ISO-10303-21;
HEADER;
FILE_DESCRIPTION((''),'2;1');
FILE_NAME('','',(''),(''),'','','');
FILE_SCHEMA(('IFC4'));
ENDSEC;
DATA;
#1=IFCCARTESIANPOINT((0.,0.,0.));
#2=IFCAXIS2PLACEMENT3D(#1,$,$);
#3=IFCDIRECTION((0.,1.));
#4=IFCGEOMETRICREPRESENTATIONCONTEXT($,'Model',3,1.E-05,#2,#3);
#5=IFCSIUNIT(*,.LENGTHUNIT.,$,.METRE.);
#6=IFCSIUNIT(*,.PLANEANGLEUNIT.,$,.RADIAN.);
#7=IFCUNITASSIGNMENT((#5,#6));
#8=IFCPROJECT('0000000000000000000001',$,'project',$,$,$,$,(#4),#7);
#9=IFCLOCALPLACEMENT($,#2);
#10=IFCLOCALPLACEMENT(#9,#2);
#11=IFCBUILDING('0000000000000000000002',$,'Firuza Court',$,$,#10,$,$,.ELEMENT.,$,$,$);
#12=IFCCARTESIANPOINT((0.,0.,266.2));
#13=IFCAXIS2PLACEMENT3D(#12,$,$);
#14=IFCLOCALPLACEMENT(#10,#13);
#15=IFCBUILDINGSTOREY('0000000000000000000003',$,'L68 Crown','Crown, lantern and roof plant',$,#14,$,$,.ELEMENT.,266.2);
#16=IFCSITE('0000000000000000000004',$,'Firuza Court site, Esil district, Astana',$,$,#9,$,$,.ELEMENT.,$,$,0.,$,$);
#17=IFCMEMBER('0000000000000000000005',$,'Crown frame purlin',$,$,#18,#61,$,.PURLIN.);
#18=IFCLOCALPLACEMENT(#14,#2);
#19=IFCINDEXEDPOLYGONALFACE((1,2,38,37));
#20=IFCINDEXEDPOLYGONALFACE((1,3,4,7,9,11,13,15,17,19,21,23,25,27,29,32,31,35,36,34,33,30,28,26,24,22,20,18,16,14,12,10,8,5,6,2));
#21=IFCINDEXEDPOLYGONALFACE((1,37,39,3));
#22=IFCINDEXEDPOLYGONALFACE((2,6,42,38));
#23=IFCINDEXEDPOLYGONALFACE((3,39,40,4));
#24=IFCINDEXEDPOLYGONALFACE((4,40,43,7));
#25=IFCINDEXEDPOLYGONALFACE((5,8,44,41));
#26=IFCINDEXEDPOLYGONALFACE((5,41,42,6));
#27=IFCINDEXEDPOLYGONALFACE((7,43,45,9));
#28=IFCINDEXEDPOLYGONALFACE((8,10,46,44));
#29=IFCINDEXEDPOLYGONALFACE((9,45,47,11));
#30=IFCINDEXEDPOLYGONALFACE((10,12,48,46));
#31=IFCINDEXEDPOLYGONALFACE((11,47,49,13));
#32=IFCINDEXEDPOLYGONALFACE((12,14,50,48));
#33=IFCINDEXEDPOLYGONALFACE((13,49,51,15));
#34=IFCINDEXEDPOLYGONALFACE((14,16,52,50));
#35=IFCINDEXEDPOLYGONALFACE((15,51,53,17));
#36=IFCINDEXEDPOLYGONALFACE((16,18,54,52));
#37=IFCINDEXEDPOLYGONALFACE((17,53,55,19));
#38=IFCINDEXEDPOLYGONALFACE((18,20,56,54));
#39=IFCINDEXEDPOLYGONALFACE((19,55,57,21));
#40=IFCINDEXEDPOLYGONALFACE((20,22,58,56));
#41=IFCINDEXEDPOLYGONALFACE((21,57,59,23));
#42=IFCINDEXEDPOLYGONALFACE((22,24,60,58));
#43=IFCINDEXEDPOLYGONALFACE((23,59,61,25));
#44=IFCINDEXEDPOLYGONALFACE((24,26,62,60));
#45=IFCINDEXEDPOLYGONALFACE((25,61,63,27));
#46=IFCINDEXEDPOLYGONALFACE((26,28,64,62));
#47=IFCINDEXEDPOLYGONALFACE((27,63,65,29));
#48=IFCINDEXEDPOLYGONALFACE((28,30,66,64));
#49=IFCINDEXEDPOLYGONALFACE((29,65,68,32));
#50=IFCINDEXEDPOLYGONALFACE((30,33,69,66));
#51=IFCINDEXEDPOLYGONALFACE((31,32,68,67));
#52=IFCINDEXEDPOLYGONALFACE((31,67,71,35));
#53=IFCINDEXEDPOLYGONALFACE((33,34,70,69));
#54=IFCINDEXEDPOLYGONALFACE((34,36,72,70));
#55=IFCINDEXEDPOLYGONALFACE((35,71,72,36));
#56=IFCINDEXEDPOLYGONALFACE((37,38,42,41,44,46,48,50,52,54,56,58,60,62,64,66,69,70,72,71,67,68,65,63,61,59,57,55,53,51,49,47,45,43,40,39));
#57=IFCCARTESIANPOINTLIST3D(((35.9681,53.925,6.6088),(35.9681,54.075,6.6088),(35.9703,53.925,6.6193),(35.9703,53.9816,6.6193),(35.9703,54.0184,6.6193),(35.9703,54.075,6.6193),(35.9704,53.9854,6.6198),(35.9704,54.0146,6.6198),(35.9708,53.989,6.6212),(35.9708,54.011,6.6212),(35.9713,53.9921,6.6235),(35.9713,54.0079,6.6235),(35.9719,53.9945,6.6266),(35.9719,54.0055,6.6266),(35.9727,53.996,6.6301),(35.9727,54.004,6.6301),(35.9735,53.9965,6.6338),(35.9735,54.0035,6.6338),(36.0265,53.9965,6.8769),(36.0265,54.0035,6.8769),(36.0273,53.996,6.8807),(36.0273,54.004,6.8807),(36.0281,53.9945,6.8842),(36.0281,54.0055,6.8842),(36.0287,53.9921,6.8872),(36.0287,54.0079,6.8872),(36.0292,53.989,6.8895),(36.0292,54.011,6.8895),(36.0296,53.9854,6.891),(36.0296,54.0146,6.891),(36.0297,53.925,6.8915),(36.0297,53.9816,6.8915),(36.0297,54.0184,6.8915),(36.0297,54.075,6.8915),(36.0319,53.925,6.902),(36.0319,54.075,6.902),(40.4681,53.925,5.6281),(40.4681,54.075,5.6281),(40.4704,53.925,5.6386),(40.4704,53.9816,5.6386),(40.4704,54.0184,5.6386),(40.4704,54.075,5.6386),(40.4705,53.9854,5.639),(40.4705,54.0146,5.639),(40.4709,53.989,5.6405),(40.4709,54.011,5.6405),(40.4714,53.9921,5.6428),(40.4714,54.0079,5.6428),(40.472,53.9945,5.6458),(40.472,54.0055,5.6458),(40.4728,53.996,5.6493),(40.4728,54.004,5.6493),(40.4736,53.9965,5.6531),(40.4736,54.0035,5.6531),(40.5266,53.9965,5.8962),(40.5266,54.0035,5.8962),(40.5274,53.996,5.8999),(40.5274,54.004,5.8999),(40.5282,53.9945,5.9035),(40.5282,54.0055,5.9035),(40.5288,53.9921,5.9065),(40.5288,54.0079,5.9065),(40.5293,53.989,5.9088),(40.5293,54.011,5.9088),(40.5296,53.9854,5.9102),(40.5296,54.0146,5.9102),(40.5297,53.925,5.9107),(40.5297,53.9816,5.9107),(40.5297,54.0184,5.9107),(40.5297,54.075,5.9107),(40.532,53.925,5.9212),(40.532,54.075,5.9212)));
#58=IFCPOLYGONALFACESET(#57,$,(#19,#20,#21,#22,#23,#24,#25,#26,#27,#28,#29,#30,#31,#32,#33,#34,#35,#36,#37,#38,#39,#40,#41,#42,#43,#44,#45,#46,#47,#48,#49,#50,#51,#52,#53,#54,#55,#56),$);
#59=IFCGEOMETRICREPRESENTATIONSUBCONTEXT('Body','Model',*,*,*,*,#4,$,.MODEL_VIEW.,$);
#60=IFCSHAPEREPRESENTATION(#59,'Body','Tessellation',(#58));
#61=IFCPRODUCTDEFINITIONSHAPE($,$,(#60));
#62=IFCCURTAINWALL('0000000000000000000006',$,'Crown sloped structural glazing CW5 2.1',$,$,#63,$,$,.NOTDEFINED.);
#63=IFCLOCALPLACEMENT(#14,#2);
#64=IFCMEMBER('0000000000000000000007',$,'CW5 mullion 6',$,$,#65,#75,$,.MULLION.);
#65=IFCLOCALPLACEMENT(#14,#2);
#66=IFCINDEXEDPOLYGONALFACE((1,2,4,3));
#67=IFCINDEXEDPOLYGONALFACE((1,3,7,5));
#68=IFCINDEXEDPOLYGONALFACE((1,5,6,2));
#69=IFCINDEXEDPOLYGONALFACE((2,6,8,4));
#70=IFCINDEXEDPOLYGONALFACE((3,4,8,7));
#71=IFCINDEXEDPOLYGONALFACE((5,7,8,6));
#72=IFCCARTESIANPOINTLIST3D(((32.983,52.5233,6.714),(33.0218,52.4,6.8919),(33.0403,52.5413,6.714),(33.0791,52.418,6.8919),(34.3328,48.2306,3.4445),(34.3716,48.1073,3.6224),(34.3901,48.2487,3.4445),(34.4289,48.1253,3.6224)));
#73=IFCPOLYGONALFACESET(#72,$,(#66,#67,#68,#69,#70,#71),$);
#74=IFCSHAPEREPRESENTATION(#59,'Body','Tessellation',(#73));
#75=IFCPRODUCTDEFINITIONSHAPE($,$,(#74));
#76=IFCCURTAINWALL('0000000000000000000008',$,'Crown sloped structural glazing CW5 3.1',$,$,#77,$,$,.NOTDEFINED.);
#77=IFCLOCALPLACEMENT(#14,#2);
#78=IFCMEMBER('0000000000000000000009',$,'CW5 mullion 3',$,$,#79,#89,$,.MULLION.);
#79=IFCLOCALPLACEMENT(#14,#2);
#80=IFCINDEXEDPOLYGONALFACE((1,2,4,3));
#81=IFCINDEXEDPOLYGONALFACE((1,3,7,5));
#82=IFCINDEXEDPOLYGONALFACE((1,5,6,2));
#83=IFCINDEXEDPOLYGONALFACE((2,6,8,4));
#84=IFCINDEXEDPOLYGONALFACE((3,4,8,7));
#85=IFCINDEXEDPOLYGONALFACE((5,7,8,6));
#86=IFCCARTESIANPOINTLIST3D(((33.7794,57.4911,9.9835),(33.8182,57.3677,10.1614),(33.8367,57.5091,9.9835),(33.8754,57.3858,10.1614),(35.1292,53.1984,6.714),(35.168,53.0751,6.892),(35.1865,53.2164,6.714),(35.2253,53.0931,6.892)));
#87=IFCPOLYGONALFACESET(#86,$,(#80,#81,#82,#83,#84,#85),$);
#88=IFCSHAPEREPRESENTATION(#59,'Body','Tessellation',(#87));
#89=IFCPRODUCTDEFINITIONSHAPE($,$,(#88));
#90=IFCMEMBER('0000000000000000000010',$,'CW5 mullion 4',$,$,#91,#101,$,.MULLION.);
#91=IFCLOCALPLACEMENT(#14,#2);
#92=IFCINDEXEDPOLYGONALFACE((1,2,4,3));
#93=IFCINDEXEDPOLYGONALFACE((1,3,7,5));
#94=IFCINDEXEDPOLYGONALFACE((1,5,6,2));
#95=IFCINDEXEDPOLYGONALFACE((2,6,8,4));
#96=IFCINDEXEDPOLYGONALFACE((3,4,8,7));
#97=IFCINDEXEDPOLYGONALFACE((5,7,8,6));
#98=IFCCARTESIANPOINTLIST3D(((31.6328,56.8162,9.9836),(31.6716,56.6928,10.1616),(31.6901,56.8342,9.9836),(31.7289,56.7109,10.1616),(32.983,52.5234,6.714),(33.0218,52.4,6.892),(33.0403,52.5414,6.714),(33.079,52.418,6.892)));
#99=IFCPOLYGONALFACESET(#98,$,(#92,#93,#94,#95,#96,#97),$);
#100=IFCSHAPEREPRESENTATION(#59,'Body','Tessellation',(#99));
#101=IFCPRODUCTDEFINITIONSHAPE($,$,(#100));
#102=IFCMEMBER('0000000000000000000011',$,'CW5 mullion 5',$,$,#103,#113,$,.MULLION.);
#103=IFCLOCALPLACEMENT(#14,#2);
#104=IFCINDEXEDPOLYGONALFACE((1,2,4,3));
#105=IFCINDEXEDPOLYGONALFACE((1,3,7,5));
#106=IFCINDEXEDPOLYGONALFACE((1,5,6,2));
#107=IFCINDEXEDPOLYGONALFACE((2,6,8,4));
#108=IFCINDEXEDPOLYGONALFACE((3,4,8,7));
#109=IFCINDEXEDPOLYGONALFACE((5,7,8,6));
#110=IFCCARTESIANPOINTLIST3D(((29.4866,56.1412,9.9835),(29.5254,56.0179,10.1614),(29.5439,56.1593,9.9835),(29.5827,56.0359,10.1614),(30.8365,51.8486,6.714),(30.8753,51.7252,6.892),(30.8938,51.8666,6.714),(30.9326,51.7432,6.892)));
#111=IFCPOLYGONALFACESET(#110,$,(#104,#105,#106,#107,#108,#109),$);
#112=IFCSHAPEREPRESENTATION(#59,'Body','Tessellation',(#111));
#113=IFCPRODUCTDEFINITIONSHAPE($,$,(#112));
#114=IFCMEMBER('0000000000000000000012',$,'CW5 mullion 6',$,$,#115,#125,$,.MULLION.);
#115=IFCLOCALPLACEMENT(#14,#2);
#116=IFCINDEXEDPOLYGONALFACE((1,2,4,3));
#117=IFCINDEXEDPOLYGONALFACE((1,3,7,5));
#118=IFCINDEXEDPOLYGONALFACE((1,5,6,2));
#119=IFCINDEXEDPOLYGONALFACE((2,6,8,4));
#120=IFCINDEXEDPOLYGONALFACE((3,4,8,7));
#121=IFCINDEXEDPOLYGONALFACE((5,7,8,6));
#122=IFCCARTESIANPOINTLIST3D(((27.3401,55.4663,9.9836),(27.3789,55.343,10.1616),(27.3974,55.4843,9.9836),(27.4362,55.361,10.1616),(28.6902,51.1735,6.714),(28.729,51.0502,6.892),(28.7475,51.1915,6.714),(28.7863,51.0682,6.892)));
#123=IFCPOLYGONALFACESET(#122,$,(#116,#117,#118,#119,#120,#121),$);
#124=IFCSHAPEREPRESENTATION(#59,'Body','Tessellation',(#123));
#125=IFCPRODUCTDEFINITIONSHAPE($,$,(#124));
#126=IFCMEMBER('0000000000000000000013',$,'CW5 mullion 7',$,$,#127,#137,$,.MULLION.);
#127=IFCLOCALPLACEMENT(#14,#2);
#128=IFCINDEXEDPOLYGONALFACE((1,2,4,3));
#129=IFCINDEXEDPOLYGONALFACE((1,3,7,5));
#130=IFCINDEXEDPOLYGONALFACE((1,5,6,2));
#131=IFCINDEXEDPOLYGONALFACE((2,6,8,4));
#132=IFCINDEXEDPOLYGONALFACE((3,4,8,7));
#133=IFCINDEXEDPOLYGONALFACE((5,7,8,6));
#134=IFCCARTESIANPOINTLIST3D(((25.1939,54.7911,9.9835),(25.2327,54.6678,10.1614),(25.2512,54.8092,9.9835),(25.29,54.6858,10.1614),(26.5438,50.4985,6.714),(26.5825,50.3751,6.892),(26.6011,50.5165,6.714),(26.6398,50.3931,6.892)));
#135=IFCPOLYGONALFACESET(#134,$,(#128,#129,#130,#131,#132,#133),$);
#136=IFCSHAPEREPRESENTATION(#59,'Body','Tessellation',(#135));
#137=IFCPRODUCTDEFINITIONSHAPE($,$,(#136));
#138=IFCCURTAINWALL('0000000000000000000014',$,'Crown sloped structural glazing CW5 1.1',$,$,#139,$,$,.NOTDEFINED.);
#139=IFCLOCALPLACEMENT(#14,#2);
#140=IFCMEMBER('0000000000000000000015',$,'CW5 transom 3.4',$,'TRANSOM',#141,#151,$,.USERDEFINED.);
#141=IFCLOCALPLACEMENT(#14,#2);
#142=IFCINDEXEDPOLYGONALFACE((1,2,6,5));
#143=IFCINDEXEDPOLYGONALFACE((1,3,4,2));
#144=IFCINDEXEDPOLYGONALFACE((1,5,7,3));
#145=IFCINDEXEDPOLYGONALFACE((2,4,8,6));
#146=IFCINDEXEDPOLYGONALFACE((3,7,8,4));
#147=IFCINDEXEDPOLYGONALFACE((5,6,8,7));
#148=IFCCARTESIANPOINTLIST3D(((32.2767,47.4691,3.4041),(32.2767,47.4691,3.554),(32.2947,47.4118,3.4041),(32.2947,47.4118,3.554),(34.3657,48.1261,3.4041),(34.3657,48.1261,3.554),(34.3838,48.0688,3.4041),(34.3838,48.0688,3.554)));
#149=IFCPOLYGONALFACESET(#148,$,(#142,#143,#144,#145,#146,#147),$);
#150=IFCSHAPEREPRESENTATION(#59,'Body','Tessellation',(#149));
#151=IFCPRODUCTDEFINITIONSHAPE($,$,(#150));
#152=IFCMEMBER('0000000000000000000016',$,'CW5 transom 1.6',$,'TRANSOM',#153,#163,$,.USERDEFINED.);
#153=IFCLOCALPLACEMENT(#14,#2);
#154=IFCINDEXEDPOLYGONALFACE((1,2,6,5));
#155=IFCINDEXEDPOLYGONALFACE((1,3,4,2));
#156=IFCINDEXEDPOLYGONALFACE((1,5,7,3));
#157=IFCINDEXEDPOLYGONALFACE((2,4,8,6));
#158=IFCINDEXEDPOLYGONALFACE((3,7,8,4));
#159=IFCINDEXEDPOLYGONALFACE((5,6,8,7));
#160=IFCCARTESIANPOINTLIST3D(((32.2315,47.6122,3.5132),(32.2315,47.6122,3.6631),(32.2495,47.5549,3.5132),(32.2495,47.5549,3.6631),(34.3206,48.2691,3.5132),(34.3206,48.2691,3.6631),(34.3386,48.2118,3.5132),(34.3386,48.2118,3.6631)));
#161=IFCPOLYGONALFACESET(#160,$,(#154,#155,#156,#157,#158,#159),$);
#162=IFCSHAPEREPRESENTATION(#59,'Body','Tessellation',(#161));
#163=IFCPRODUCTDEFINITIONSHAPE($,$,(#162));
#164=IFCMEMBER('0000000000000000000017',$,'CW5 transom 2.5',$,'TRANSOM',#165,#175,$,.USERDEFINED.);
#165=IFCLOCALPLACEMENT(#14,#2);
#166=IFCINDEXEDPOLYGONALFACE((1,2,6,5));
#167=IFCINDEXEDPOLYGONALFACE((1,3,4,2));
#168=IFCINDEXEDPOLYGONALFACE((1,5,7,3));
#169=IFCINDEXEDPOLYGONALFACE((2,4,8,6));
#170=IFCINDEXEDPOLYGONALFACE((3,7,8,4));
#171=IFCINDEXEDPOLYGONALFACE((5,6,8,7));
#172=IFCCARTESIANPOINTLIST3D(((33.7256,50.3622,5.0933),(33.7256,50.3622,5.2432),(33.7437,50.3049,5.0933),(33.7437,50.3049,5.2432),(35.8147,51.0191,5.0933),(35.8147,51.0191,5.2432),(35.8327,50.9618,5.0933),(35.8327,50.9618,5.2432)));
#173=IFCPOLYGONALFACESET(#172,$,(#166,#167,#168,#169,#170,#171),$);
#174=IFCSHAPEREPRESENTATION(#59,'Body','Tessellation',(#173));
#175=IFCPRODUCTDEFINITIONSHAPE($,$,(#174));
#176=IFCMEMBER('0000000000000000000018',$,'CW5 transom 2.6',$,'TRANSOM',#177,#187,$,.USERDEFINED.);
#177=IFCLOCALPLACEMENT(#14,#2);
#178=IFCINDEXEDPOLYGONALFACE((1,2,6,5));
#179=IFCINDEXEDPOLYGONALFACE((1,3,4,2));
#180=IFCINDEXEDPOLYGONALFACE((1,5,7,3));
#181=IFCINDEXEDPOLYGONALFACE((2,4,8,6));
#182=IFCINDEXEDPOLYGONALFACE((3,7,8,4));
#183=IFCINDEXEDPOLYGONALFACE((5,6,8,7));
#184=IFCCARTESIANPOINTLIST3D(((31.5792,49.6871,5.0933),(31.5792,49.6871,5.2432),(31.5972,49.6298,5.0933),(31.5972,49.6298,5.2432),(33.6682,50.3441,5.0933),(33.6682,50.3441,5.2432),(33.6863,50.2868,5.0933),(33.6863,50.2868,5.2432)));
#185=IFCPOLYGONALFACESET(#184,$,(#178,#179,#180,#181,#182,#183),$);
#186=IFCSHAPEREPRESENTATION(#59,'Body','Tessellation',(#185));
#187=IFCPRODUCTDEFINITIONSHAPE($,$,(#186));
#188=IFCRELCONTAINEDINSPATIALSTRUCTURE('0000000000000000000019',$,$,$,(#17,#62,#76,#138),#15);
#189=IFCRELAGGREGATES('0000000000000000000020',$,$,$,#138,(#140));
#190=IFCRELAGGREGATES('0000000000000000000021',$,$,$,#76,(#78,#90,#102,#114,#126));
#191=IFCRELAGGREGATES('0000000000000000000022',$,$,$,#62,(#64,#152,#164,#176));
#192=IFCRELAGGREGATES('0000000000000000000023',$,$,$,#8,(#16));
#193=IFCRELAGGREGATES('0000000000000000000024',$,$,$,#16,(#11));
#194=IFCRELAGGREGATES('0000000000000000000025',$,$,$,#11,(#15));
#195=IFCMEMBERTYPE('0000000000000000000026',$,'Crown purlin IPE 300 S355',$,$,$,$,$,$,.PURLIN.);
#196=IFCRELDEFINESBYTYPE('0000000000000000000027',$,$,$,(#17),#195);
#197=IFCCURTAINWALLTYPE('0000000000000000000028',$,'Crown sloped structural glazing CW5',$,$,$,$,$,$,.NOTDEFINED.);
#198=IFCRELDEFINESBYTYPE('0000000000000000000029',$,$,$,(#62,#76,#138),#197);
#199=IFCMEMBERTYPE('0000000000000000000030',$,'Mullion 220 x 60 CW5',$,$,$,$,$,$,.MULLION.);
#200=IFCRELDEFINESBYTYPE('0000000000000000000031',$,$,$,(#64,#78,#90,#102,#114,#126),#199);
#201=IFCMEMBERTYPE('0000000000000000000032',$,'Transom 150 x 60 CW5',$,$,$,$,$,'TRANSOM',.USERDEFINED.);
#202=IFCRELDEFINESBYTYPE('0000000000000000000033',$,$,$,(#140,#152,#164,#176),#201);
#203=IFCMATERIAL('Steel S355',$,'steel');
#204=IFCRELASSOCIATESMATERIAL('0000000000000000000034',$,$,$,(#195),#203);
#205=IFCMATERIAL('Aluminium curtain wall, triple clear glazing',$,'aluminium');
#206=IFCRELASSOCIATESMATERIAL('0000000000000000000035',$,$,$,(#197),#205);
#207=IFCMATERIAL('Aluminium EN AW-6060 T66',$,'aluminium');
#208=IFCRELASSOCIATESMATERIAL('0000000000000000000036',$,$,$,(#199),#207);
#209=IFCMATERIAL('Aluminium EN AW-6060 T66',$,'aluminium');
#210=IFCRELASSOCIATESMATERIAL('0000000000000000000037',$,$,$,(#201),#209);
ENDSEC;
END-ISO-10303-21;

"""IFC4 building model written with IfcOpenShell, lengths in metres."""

from ifc_helpers import new_model, si_unit, direction, frame, origin, origin_2d, place, context, subcontext, project, spatial, rectangle, i_section, extrude, material, material_profile, profile_set, type_object, element, aggregate, save


model = new_model("IFC4")

# Units and contexts
model_context = context("Model", 3, precision=1e-05, world=origin(), true_north=direction((0.0, 1.0)))
body_context = subcontext(model_context, "Body", "Model", "MODEL_VIEW")
ifc_project = project(units=[si_unit("LENGTHUNIT", "METRE"), si_unit("PLANEANGLEUNIT", "RADIAN")], contexts=[model_context])

# Site, building, storey
site_placement = place(None, origin())
site = spatial("IfcSite", under=ifc_project, at=site_placement, Name="Firuza Court site, Esil district, Astana", CompositionType="ELEMENT", RefElevation=0.0)
building_placement = place(site_placement, origin())
building = spatial("IfcBuilding", under=site, at=building_placement, Name="Firuza Court", CompositionType="ELEMENT")
storey_placement = place(building_placement, frame((0.0, 0.0, 266.2)))
storey = spatial("IfcBuildingStorey", under=building, at=storey_placement, Name="L68 Crown", Description="Crown, lantern and roof plant", CompositionType="ELEMENT", Elevation=266.2)

# Member
ifc_material_1 = material(Name="Steel S355", Category="steel")
ifc_material_profile_1 = material_profile(ifc_material_1, i_section(OverallWidth=0.1499, OverallDepth=0.3, WebThickness=0.0071, FlangeThickness=0.0107, FilletRadius=0.0149, at=origin_2d()), Name="IPE 300")
ifc_profile_set_1 = profile_set([ifc_material_profile_1], Name="Steel S355")
member_type_1 = type_object("IfcMemberType", Name="Crown purlin IPE 300 S355", PredefinedType="PURLIN", material=ifc_profile_set_1)
for number, where, z_axis, x_axis, name in (
    (1, (36.0, 54.0, 6.7554), (0.977066, 0.0, -0.212938), (0.0, 1.0, 0.0), "Crown frame purlin"),
):
    element("IfcMember", number, at=place(storey_placement, frame(where, z_axis=z_axis, x_axis=x_axis)), inside=storey, type_object=member_type_1, Name=name, PredefinedType="PURLIN", context=body_context, shape_type="SweptSolid", body=[
        extrude(i_section(OverallWidth=0.1499, OverallDepth=0.3, WebThickness=0.0071, FlangeThickness=0.0107, FilletRadius=0.0149, at=origin_2d()), origin(), (0.0, 0.0, 1.0), 4.6057),
    ])

# Curtain wall, member
ifc_material_2 = material(Name="Aluminium curtain wall, triple clear glazing", Category="aluminium")
curtain_wall_type = type_object("IfcCurtainWallType", Name="Crown sloped structural glazing CW5", PredefinedType="NOTDEFINED", material=ifc_material_2)
curtain_wall_1_placement = place(storey_placement, origin())
curtain_wall_1 = element("IfcCurtainWall", 2, at=curtain_wall_1_placement, inside=storey, type_object=curtain_wall_type, Name="Crown sloped structural glazing CW5 2.1", PredefinedType="NOTDEFINED")
ifc_material_3 = material(Name="Aluminium EN AW-6060 T66", Category="aluminium")
ifc_material_profile_2 = material_profile(ifc_material_3, rectangle(XDim=0.0601, YDim=0.22, at=origin_2d()), Name="Mullion 220 x 60 CW5")
ifc_profile_set_2 = profile_set([ifc_material_profile_2], Name="Aluminium EN AW-6060 T66")
member_type_2 = type_object("IfcMemberType", Name="Mullion 220 x 60 CW5", PredefinedType="MULLION", material=ifc_profile_set_2)
member_1_placement = place(storey_placement, frame((34.3809, 48.178, 3.5334), z_axis=(-0.242678, 0.77175, 0.5878), x_axis=(-0.953948, -0.29997, 0.0)))
member_1 = element("IfcMember", 3, at=member_1_placement, type_object=member_type_2, Name="CW5 mullion 6", PredefinedType="MULLION", context=body_context, shape_type="SweptSolid", body=[
    extrude(rectangle(XDim=0.0601, YDim=0.22, at=origin_2d()), origin(), (0.0, 0.0, 1.0), 5.5623),
])

# Curtain wall, members
curtain_wall_2_placement = place(storey_placement, origin())
curtain_wall_2 = element("IfcCurtainWall", 4, at=curtain_wall_2_placement, inside=storey, type_object=curtain_wall_type, Name="Crown sloped structural glazing CW5 3.1", PredefinedType="NOTDEFINED")
member_2_placement = place(storey_placement, frame((35.1772, 53.1458, 6.803), z_axis=(-0.242678, 0.77175, 0.5878), x_axis=(-0.953948, -0.29997, 0.0)))
member_2 = element("IfcMember", 5, at=member_2_placement, type_object=member_type_2, Name="CW5 mullion 3", PredefinedType="MULLION", context=body_context, shape_type="SweptSolid", body=[
    extrude(rectangle(XDim=0.0601, YDim=0.22, at=origin_2d()), origin(), (0.0, 0.0, 1.0), 5.5623),
])
member_3_placement = place(storey_placement, frame((33.031, 52.4707, 6.803), z_axis=(-0.242719, 0.771742, 0.587793), x_axis=(-0.953933, -0.30002, 0.0)))
member_3 = element("IfcMember", 6, at=member_3_placement, type_object=member_type_2, Name="CW5 mullion 4", PredefinedType="MULLION", context=body_context, shape_type="SweptSolid", body=[
    extrude(rectangle(XDim=0.0601, YDim=0.22, at=origin_2d()), origin(), (0.0, 0.0, 1.0), 5.5625),
])
member_4_placement = place(storey_placement, frame((30.8845, 51.7959, 6.803), z_axis=(-0.242678, 0.77175, 0.5878), x_axis=(-0.953948, -0.29997, 0.0)))
member_4 = element("IfcMember", 7, at=member_4_placement, type_object=member_type_2, Name="CW5 mullion 5", PredefinedType="MULLION", context=body_context, shape_type="SweptSolid", body=[
    extrude(rectangle(XDim=0.0601, YDim=0.22, at=origin_2d()), origin(), (0.0, 0.0, 1.0), 5.5623),
])
member_5_placement = place(storey_placement, frame((28.7383, 51.1208, 6.803), z_axis=(-0.242719, 0.771742, 0.587793), x_axis=(-0.953933, -0.30002, 0.0)))
member_5 = element("IfcMember", 8, at=member_5_placement, type_object=member_type_2, Name="CW5 mullion 6", PredefinedType="MULLION", context=body_context, shape_type="SweptSolid", body=[
    extrude(rectangle(XDim=0.0601, YDim=0.22, at=origin_2d()), origin(), (0.0, 0.0, 1.0), 5.5625),
])
member_6_placement = place(storey_placement, frame((26.5918, 50.4458, 6.803), z_axis=(-0.242678, 0.77175, 0.5878), x_axis=(-0.953948, -0.29997, 0.0)))
member_6 = element("IfcMember", 9, at=member_6_placement, type_object=member_type_2, Name="CW5 mullion 7", PredefinedType="MULLION", context=body_context, shape_type="SweptSolid", body=[
    extrude(rectangle(XDim=0.0601, YDim=0.22, at=origin_2d()), origin(), (0.0, 0.0, 1.0), 5.5623),
])

# Curtain wall, member
curtain_wall_3_placement = place(storey_placement, origin())
curtain_wall_3 = element("IfcCurtainWall", 10, at=curtain_wall_3_placement, inside=storey, type_object=curtain_wall_type, Name="Crown sloped structural glazing CW5 1.1", PredefinedType="NOTDEFINED")
ifc_material_4 = material(Name="Aluminium EN AW-6060 T66", Category="aluminium")
ifc_material_profile_3 = material_profile(ifc_material_4, rectangle(XDim=0.0601, YDim=0.1499, at=origin_2d()), Name="Transom 150 x 60 CW5")
ifc_profile_set_3 = profile_set([ifc_material_profile_3], Name="Aluminium EN AW-6060 T66")
member_type_3 = type_object("IfcMemberType", Name="Transom 150 x 60 CW5", ElementType="TRANSOM", PredefinedType="USERDEFINED", material=ifc_profile_set_3)
member_7_placement = place(storey_placement, frame((34.3748, 48.0974, 3.479), z_axis=(-0.953941, -0.299995, 0.0), x_axis=(0.299995, -0.953941, 0.0)))
member_7 = element("IfcMember", 11, at=member_7_placement, type_object=member_type_3, Name="CW5 transom 3.4", ObjectType="TRANSOM", PredefinedType="USERDEFINED", context=body_context, shape_type="SweptSolid", body=[
    extrude(rectangle(XDim=0.0601, YDim=0.1499, at=origin_2d()), origin(), (0.0, 0.0, 1.0), 2.1899),
])
aggregate(curtain_wall_3, [member_7])

# Members
member_8_placement = place(storey_placement, frame((34.3296, 48.2405, 3.5881), z_axis=(-0.953941, -0.299995, 0.0), x_axis=(0.299995, -0.953941, 0.0)))
member_8 = element("IfcMember", 12, at=member_8_placement, type_object=member_type_3, Name="CW5 transom 1.6", ObjectType="TRANSOM", PredefinedType="USERDEFINED", context=body_context, shape_type="SweptSolid", body=[
    extrude(rectangle(XDim=0.0601, YDim=0.1499, at=origin_2d()), origin(), (0.0, 0.0, 1.0), 2.1899),
])
member_9_placement = place(storey_placement, frame((35.8237, 50.9905, 5.1682), z_axis=(-0.953941, -0.299995, 0.0), x_axis=(0.299995, -0.953941, 0.0)))
member_9 = element("IfcMember", 13, at=member_9_placement, type_object=member_type_3, Name="CW5 transom 2.5", ObjectType="TRANSOM", PredefinedType="USERDEFINED", context=body_context, shape_type="SweptSolid", body=[
    extrude(rectangle(XDim=0.0601, YDim=0.1499, at=origin_2d()), origin(), (0.0, 0.0, 1.0), 2.1899),
])
member_10_placement = place(storey_placement, frame((33.6772, 50.3154, 5.1682), z_axis=(-0.953941, -0.299995, 0.0), x_axis=(0.299995, -0.953941, 0.0)))
member_10 = element("IfcMember", 14, at=member_10_placement, type_object=member_type_3, Name="CW5 transom 2.6", ObjectType="TRANSOM", PredefinedType="USERDEFINED", context=body_context, shape_type="SweptSolid", body=[
    extrude(rectangle(XDim=0.0601, YDim=0.1499, at=origin_2d()), origin(), (0.0, 0.0, 1.0), 2.1899),
])
aggregate(curtain_wall_2, [member_2, member_3, member_4, member_5, member_6])

aggregate(curtain_wall_1, [member_1, member_8, member_9, member_10])

save(model, "model.ifc")
